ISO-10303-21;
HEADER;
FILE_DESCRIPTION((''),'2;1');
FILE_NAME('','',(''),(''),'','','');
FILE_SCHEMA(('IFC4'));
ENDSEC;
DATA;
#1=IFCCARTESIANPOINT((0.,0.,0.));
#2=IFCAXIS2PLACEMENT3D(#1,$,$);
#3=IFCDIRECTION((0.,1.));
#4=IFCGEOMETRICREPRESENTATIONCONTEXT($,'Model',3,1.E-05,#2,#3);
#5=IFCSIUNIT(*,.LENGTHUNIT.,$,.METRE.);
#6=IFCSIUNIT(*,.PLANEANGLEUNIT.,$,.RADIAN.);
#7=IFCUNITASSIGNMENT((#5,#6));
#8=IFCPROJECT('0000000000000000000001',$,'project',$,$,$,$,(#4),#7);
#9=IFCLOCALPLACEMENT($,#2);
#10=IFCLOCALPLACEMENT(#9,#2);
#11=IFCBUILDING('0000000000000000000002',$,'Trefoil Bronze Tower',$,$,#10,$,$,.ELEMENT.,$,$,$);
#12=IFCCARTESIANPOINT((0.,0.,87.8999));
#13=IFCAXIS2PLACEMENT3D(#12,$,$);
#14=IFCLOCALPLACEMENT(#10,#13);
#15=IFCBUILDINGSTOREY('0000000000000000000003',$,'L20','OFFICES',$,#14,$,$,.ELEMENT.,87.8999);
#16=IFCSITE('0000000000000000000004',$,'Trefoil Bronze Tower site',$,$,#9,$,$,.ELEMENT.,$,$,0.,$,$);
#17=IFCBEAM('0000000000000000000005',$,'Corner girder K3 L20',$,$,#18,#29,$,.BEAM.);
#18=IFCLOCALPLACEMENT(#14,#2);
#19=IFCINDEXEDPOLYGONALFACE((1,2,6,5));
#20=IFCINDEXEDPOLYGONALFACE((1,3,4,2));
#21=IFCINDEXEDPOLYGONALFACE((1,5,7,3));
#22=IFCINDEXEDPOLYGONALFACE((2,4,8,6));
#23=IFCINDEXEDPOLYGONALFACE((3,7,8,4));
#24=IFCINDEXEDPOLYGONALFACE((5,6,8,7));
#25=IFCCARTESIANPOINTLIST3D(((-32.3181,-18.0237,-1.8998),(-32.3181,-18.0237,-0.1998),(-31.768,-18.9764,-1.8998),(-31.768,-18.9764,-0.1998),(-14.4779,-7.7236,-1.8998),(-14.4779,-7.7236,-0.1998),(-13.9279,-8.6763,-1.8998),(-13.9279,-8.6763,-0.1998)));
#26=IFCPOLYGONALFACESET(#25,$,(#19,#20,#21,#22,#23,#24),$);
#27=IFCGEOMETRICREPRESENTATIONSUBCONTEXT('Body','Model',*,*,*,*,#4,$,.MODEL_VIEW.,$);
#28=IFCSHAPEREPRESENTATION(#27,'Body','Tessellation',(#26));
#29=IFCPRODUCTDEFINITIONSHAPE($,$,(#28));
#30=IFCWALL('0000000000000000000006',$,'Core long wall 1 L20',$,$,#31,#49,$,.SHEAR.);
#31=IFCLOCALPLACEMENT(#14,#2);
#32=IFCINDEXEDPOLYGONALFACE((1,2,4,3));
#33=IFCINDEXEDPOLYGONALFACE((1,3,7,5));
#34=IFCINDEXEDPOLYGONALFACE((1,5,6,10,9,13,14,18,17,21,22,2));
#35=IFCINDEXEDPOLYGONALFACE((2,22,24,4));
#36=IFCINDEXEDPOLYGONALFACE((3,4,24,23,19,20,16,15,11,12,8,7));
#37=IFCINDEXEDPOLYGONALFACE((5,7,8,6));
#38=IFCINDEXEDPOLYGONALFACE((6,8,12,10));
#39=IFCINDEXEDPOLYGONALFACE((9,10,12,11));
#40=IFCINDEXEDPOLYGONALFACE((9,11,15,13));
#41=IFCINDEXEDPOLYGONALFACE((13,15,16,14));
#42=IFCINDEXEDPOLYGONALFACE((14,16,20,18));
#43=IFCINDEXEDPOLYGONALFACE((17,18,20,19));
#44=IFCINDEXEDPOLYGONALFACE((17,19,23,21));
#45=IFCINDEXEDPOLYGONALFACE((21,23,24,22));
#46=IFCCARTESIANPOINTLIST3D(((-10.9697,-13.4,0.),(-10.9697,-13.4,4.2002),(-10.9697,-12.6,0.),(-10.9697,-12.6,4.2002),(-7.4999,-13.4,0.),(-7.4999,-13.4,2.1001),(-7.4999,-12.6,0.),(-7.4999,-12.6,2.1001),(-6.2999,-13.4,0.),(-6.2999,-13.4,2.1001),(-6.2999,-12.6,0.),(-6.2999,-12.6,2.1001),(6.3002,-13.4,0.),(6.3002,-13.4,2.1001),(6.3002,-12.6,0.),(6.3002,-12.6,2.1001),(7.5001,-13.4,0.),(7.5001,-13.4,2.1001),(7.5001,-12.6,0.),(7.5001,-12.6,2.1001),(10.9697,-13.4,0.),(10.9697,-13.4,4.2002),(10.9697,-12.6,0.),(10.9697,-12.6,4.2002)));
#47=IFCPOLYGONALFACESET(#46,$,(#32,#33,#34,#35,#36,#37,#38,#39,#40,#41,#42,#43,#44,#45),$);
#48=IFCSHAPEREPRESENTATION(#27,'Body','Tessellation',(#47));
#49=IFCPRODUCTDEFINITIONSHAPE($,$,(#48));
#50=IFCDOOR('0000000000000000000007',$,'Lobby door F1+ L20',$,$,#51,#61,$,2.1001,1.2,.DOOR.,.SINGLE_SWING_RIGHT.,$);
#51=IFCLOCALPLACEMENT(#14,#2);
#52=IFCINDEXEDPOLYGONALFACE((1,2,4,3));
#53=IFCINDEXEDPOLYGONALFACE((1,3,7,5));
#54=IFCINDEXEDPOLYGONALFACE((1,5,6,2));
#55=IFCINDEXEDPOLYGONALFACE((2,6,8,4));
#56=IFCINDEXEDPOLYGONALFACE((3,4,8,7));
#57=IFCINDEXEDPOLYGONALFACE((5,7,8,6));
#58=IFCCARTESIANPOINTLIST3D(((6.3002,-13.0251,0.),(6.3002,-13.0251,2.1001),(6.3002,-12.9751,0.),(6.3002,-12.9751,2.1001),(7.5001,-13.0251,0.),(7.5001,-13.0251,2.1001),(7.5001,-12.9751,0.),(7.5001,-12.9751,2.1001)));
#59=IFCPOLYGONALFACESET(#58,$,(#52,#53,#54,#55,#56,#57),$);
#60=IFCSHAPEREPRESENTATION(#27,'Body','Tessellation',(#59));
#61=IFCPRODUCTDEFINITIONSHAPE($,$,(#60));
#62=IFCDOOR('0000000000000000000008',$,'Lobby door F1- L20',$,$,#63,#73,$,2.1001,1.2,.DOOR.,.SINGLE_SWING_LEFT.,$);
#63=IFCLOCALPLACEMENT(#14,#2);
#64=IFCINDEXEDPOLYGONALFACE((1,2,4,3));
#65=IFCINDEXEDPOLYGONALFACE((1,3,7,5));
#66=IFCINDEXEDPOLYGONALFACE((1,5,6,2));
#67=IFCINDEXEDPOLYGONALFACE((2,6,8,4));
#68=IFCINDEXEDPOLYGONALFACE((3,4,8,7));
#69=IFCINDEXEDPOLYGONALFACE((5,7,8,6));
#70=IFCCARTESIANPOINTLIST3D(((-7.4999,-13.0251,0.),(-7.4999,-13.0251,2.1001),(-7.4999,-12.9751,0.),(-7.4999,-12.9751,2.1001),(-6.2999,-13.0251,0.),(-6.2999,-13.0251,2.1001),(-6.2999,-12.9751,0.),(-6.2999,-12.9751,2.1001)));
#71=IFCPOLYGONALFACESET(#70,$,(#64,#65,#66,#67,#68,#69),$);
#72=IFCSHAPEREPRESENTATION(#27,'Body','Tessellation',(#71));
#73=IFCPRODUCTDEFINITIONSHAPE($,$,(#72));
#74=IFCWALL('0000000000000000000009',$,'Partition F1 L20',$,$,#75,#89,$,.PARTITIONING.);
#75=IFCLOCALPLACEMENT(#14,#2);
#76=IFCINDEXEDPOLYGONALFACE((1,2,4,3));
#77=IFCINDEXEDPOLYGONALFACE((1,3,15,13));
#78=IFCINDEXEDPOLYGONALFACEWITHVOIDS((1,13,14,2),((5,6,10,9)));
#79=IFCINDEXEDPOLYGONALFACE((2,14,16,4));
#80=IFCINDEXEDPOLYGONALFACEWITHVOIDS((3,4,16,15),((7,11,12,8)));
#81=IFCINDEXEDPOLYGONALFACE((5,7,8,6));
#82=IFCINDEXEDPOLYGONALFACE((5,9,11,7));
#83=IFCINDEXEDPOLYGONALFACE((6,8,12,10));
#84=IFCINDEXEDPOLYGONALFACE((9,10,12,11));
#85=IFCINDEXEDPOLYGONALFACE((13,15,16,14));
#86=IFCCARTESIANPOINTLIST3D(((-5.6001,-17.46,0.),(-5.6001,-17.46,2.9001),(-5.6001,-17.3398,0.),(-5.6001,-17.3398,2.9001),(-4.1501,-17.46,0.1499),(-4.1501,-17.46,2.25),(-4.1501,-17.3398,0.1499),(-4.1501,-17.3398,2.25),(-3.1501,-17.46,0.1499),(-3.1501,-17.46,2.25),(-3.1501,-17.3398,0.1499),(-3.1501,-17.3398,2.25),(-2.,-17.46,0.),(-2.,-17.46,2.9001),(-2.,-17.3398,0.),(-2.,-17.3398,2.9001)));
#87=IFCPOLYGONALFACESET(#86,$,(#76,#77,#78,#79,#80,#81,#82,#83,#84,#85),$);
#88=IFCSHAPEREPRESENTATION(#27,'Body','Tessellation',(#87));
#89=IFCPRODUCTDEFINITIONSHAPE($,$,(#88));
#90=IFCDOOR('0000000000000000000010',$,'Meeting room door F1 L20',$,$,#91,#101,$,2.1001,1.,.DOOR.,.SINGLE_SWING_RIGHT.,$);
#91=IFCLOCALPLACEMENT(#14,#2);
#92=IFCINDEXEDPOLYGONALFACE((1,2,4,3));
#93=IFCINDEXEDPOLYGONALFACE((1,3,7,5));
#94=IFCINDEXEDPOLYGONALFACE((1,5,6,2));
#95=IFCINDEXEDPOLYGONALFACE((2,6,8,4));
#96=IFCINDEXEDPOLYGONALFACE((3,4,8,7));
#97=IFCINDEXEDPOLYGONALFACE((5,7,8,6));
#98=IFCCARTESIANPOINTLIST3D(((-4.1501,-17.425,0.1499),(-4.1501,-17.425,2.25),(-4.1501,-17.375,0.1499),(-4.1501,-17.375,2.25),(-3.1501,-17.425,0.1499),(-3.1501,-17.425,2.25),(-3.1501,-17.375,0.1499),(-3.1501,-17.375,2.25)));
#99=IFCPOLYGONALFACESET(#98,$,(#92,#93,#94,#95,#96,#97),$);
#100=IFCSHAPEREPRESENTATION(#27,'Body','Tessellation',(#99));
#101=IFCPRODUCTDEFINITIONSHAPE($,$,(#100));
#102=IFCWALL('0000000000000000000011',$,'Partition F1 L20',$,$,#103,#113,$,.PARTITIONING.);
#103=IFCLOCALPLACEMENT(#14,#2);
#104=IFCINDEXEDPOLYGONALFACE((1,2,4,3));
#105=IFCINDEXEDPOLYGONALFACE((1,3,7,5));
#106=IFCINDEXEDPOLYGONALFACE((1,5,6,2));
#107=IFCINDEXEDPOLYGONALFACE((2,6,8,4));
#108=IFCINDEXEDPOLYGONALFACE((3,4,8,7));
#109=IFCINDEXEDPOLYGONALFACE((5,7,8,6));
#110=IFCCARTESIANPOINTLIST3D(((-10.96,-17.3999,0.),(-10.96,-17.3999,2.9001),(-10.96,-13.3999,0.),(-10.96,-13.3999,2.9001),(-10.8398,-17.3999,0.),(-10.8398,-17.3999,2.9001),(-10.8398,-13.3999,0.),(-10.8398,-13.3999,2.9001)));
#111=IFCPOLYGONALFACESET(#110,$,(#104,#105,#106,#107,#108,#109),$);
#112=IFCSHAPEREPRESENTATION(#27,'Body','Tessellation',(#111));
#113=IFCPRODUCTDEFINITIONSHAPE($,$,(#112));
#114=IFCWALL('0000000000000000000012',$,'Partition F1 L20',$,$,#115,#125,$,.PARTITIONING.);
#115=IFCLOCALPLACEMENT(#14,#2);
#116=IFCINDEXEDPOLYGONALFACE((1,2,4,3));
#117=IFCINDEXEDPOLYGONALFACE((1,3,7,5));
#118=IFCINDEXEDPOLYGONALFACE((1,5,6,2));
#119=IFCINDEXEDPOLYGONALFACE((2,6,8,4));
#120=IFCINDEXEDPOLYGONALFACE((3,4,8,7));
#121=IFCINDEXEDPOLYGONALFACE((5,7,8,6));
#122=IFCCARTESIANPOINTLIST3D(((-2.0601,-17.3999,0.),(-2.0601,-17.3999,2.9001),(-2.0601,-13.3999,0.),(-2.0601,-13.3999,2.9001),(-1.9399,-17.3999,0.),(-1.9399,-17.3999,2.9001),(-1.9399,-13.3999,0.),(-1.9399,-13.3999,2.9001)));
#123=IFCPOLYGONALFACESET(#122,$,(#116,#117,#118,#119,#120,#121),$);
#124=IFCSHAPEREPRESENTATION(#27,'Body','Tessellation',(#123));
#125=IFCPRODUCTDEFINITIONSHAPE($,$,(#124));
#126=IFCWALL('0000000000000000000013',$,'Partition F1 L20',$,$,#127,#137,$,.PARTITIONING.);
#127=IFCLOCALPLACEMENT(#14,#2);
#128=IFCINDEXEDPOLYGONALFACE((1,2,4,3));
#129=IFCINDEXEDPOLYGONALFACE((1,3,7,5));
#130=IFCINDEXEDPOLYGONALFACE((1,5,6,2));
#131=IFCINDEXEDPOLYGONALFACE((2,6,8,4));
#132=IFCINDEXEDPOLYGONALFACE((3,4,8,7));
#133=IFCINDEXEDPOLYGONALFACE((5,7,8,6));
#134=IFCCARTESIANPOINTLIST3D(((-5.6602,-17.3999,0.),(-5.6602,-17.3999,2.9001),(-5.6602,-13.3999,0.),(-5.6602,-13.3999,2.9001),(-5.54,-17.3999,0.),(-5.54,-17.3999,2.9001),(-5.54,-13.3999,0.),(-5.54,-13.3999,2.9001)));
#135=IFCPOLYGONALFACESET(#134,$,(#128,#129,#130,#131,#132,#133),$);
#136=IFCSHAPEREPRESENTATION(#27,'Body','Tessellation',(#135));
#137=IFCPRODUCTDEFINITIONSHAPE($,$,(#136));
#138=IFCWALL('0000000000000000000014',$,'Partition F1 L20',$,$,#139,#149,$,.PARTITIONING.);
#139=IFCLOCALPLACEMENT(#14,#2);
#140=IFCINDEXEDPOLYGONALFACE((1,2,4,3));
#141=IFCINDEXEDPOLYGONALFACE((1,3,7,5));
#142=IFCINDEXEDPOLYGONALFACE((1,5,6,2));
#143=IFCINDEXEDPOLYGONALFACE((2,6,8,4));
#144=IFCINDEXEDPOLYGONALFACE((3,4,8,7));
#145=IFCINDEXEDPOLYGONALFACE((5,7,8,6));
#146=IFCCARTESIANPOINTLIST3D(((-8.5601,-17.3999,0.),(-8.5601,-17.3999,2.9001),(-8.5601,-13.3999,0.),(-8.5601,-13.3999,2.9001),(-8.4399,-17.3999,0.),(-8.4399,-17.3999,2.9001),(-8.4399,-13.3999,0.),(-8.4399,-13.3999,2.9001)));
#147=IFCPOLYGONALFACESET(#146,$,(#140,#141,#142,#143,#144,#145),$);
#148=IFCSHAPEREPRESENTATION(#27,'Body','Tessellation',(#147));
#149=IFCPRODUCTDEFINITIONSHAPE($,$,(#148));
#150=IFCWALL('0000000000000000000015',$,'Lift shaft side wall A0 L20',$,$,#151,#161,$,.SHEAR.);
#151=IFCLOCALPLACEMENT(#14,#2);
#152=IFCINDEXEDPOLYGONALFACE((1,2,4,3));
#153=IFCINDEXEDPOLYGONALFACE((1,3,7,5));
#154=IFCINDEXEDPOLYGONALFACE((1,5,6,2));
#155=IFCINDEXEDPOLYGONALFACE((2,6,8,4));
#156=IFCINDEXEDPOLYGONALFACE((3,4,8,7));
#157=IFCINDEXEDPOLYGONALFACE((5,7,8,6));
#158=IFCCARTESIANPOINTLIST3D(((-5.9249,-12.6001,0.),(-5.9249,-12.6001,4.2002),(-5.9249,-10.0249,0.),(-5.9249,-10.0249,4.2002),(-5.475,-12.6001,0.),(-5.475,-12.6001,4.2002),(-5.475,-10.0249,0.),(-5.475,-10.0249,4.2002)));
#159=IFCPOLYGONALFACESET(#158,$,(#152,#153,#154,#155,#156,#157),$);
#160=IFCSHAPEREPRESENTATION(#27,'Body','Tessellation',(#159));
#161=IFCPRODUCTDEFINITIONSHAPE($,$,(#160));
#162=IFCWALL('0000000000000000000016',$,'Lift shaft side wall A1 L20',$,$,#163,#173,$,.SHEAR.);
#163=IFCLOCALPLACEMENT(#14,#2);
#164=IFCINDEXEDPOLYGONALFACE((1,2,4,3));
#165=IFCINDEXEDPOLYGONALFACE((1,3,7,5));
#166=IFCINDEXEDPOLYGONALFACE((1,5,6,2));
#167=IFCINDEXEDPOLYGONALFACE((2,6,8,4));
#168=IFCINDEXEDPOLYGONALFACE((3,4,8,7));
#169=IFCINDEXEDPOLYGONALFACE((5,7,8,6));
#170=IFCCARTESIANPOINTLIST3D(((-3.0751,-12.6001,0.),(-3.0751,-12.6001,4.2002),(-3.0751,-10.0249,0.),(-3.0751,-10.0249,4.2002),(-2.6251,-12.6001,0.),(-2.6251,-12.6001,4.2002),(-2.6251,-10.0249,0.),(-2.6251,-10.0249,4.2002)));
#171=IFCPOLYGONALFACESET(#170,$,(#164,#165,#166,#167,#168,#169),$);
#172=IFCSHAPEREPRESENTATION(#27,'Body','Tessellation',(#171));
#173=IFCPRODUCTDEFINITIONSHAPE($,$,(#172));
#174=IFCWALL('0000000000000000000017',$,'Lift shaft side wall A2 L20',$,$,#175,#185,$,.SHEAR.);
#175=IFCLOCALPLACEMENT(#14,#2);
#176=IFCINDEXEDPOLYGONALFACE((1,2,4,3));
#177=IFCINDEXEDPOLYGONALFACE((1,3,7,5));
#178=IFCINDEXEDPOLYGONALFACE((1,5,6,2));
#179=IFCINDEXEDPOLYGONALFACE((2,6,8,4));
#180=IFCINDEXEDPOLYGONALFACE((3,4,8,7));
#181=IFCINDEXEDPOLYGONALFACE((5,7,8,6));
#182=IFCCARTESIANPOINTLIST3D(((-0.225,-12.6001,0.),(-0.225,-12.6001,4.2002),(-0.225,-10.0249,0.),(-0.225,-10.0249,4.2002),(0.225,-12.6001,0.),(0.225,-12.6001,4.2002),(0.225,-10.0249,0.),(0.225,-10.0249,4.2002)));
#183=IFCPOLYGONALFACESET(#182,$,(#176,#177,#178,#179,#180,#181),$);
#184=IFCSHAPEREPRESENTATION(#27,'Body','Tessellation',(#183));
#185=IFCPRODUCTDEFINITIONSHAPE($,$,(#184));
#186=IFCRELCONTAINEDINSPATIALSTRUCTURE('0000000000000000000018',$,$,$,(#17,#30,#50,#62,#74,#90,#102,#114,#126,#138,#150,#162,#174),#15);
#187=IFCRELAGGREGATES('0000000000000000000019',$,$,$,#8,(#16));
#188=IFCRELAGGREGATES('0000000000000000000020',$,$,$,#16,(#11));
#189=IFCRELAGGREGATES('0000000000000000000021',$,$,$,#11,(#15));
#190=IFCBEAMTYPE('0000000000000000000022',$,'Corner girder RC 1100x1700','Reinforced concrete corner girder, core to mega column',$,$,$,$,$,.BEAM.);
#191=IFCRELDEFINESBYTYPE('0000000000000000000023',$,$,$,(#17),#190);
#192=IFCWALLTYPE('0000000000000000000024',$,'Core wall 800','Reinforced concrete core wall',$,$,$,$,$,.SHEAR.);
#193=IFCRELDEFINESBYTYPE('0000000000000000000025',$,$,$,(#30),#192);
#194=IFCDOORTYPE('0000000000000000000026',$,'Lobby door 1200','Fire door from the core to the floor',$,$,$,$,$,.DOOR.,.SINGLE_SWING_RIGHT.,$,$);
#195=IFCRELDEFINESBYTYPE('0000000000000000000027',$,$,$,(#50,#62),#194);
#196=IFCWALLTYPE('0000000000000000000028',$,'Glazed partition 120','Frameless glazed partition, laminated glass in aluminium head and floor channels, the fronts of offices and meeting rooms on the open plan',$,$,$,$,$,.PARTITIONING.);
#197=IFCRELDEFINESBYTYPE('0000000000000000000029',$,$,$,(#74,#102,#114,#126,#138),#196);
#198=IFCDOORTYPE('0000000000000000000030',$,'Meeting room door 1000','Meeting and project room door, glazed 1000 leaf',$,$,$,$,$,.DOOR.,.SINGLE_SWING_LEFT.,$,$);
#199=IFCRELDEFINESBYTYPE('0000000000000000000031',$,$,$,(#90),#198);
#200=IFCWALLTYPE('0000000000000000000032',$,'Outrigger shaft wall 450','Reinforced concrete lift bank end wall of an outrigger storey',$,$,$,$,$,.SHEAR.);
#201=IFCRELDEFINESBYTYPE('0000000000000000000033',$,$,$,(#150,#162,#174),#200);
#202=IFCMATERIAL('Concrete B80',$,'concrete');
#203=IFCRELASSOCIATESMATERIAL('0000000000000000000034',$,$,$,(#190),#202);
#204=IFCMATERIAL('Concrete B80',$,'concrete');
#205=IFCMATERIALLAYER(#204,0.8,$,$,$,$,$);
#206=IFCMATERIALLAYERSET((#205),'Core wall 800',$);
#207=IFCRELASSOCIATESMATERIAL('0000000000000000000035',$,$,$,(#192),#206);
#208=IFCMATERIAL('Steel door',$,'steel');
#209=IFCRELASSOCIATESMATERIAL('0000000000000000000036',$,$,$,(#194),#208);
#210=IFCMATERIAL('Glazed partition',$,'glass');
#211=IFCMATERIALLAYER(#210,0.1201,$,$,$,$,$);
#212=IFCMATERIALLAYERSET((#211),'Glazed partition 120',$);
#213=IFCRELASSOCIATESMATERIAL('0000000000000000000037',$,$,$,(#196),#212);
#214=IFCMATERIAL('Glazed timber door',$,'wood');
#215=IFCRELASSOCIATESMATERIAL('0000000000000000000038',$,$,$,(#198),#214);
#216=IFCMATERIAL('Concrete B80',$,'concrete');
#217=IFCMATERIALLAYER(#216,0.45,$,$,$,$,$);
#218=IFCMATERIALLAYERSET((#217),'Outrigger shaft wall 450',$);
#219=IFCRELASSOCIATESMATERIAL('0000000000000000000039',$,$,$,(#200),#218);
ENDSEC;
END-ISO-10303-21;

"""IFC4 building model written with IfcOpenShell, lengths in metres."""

from ifc_helpers import new_model, si_unit, direction, frame, frame_2d, origin, origin_2d, place, context, subcontext, project, spatial, rectangle, extrude, material, layer, layer_set, material_profile, profile_set, type_object, element, fill, save


model = new_model("IFC4")

# Units and contexts
model_context = context("Model", 3, precision=1e-05, world=origin(), true_north=direction((0.0, 1.0)))
body_context = subcontext(model_context, "Body", "Model", "MODEL_VIEW")
ifc_project = project(units=[si_unit("LENGTHUNIT", "METRE"), si_unit("PLANEANGLEUNIT", "RADIAN")], contexts=[model_context])

# Site, building, storey
site_placement = place(None, origin())
site = spatial("IfcSite", under=ifc_project, at=site_placement, Name="Trefoil Bronze Tower site", CompositionType="ELEMENT", RefElevation=0.0)
building_placement = place(site_placement, origin())
building = spatial("IfcBuilding", under=site, at=building_placement, Name="Trefoil Bronze Tower", CompositionType="ELEMENT")
storey_placement = place(building_placement, frame((0.0, 0.0, 87.8999)))
storey = spatial("IfcBuildingStorey", under=building, at=storey_placement, Name="L20", Description="OFFICES", CompositionType="ELEMENT", Elevation=87.8999)

# Beam
ifc_material_1 = material(Name="Concrete B80", Category="concrete")
ifc_material_profile_1 = material_profile(ifc_material_1, rectangle(XDim=1.1001, YDim=1.7, at=origin_2d()), Name="RC 1100x1700")
ifc_profile_set_1 = profile_set([ifc_material_profile_1], Name="Concrete B80")
beam_type_1 = type_object("IfcBeamType", Name="Corner girder RC 1100x1700", Description="Reinforced concrete corner girder, core to mega column", PredefinedType="BEAM", material=ifc_profile_set_1)
beam_1_placement = place(storey_placement, frame((-14.2029, -8.2, -1.0498), z_axis=(-0.866024, -0.500003, 0.0), x_axis=(0.500003, -0.866024, 0.0)))
element("IfcBeam", 1, at=beam_1_placement, inside=storey, type_object=beam_type_1, Name="Corner girder K3 L20", PredefinedType="BEAM", context=body_context, shape_type="SweptSolid", body=[
    extrude(rectangle(XDim=1.1001, YDim=1.7, at=origin_2d()), origin(), (0.0, 0.0, 1.0), 20.6001),
])

# Wall, openings, doors
ifc_material_2 = material(Name="Concrete B80", Category="concrete")
ifc_layer_1 = layer(ifc_material_2, 0.8)
ifc_layer_set_1 = layer_set([ifc_layer_1], Name="Core wall 800")
wall_type_1 = type_object("IfcWallType", Name="Core wall 800", Description="Reinforced concrete core wall", PredefinedType="SHEAR", material=ifc_layer_set_1)
wall_1_placement = place(storey_placement, frame((-10.9697, -13.0, 0.0), z_axis=(0.0, 0.0, 1.0), x_axis=(1.0, 0.0, 0.0)))
wall_1 = element("IfcWall", 2, at=wall_1_placement, inside=storey, type_object=wall_type_1, Name="Core long wall 1 L20", PredefinedType="SHEAR", context=body_context, shape_type="SweptSolid", body=[
    extrude(rectangle(XDim=21.9395, YDim=0.8, at=frame_2d((10.9697, 0.0))), origin(), (0.0, 0.0, 1.0), 4.2002),
])
opening_1_placement = place(wall_1_placement, frame((17.2698, 0.0, 0.0)))
opening_1 = element("IfcOpeningElement", 3, at=opening_1_placement, cuts=wall_1, PredefinedType="OPENING", context=body_context, shape_type="SweptSolid", body=[
    extrude(rectangle(XDim=1.2, YDim=2.1001, at=frame_2d((0.6001, 1.05))), frame((0.0, 0.4099, 0.0), z_axis=(0.0, -1.0, 0.0), x_axis=(1.0, 0.0, 0.0)), (0.0, 0.0, 1.0), 0.8201),
])
opening_2_placement = place(wall_1_placement, frame((3.4697, 0.0, 0.0)))
opening_2 = element("IfcOpeningElement", 4, at=opening_2_placement, cuts=wall_1, PredefinedType="OPENING", context=body_context, shape_type="SweptSolid", body=[
    extrude(rectangle(XDim=1.2, YDim=2.1001, at=frame_2d((0.6001, 1.05))), frame((0.0, 0.4099, 0.0), z_axis=(0.0, -1.0, 0.0), x_axis=(1.0, 0.0, 0.0)), (0.0, 0.0, 1.0), 0.8201),
])
ifc_material_3 = material(Name="Steel door", Category="steel")
door_type_1 = type_object("IfcDoorType", Name="Lobby door 1200", Description="Fire door from the core to the floor", OperationType="SINGLE_SWING_RIGHT", PredefinedType="DOOR", material=ifc_material_3)
door_1_placement = place(opening_1_placement, origin())
door_1 = element("IfcDoor", 5, at=door_1_placement, inside=storey, type_object=door_type_1, Name="Lobby door F1+ L20", OperationType="SINGLE_SWING_RIGHT", OverallHeight=2.1001, OverallWidth=1.2, PredefinedType="DOOR", context=body_context, shape_type="SweptSolid", body=[
    extrude(rectangle(XDim=1.2, YDim=2.1001, at=frame_2d((0.6001, 1.05))), frame((0.0, 0.0249, 0.0), z_axis=(0.0, -1.0, 0.0), x_axis=(1.0, 0.0, 0.0)), (0.0, 0.0, 1.0), 0.05),
])
fill(opening_1, door_1)
door_2_placement = place(opening_2_placement, origin())
door_2 = element("IfcDoor", 6, at=door_2_placement, inside=storey, type_object=door_type_1, Name="Lobby door F1- L20", OperationType="SINGLE_SWING_LEFT", OverallHeight=2.1001, OverallWidth=1.2, PredefinedType="DOOR", context=body_context, shape_type="SweptSolid", body=[
    extrude(rectangle(XDim=1.2, YDim=2.1001, at=frame_2d((0.6001, 1.05))), frame((0.0, 0.0249, 0.0), z_axis=(0.0, -1.0, 0.0), x_axis=(1.0, 0.0, 0.0)), (0.0, 0.0, 1.0), 0.05),
])
fill(opening_2, door_2)

# Wall, opening, door
ifc_material_4 = material(Name="Glazed partition", Category="glass")
ifc_layer_2 = layer(ifc_material_4, 0.1201)
ifc_layer_set_2 = layer_set([ifc_layer_2], Name="Glazed partition 120")
wall_type_2 = type_object("IfcWallType", Name="Glazed partition 120", Description="Frameless glazed partition, laminated glass in aluminium head and floor channels, the fronts of offices and meeting rooms on the open plan", PredefinedType="PARTITIONING", material=ifc_layer_set_2)
wall_2_placement = place(storey_placement, frame((-5.6001, -17.3999, 0.0), z_axis=(0.0, 0.0, 1.0), x_axis=(1.0, 0.0, 0.0)))
wall_2 = element("IfcWall", 7, at=wall_2_placement, inside=storey, type_object=wall_type_2, Name="Partition F1 L20", PredefinedType="PARTITIONING", context=body_context, shape_type="SweptSolid", body=[
    extrude(rectangle(XDim=3.6001, YDim=0.1201, at=frame_2d((1.8, 0.0))), origin(), (0.0, 0.0, 1.0), 2.9001),
])
opening_3_placement = place(wall_2_placement, frame((1.45, 0.0, 0.1499)))
opening_3 = element("IfcOpeningElement", 8, at=opening_3_placement, cuts=wall_2, PredefinedType="OPENING", context=body_context, shape_type="SweptSolid", body=[
    extrude(rectangle(XDim=1.0, YDim=2.1001, at=frame_2d((0.5, 1.05))), frame((0.0, 0.0701, 0.0), z_axis=(0.0, -1.0, 0.0), x_axis=(1.0, 0.0, 0.0)), (0.0, 0.0, 1.0), 0.1401),
])
ifc_material_5 = material(Name="Glazed timber door", Category="wood")
door_type_2 = type_object("IfcDoorType", Name="Meeting room door 1000", Description="Meeting and project room door, glazed 1000 leaf", OperationType="SINGLE_SWING_LEFT", PredefinedType="DOOR", material=ifc_material_5)
door_3_placement = place(opening_3_placement, origin())
door_3 = element("IfcDoor", 9, at=door_3_placement, inside=storey, type_object=door_type_2, Name="Meeting room door F1 L20", OperationType="SINGLE_SWING_RIGHT", OverallHeight=2.1001, OverallWidth=1.0, PredefinedType="DOOR", context=body_context, shape_type="SweptSolid", body=[
    extrude(rectangle(XDim=1.0, YDim=2.1001, at=frame_2d((0.5, 1.05))), frame((0.0, 0.0249, 0.0), z_axis=(0.0, -1.0, 0.0), x_axis=(1.0, 0.0, 0.0)), (0.0, 0.0, 1.0), 0.05),
])
fill(opening_3, door_3)

# Walls
for number, where, z_axis, x_axis, name in (
    (10, (-10.8999, -13.3999, 0.0), (0.0, 0.0, 1.0), (0.0, -1.0, 0.0), "Partition F1 L20"),
    (11, (-2.0, -13.3999, 0.0), (0.0, 0.0, 1.0), (0.0, -1.0, 0.0), "Partition F1 L20"),
    (12, (-5.6001, -13.3999, 0.0), (0.0, 0.0, 1.0), (0.0, -1.0, 0.0), "Partition F1 L20"),
    (13, (-8.5, -13.3999, 0.0), (0.0, 0.0, 1.0), (0.0, -1.0, 0.0), "Partition F1 L20"),
):
    element("IfcWall", number, at=place(storey_placement, frame(where, z_axis=z_axis, x_axis=x_axis)), inside=storey, type_object=wall_type_2, Name=name, PredefinedType="PARTITIONING", context=body_context, shape_type="SweptSolid", body=[
        extrude(rectangle(XDim=4.0, YDim=0.1201, at=frame_2d((2.0, 0.0))), origin(), (0.0, 0.0, 1.0), 2.9001),
    ])
ifc_material_6 = material(Name="Concrete B80", Category="concrete")
ifc_layer_3 = layer(ifc_material_6, 0.45)
ifc_layer_set_3 = layer_set([ifc_layer_3], Name="Outrigger shaft wall 450")
wall_type_3 = type_object("IfcWallType", Name="Outrigger shaft wall 450", Description="Reinforced concrete lift bank end wall of an outrigger storey", PredefinedType="SHEAR", material=ifc_layer_set_3)
for number, where, z_axis, x_axis, name in (
    (14, (-5.7, -10.0249, 0.0), (0.0, 0.0, 1.0), (0.0, -1.0, 0.0), "Lift shaft side wall A0 L20"),
    (15, (-2.8501, -10.0249, 0.0), (0.0, 0.0, 1.0), (0.0, -1.0, 0.0), "Lift shaft side wall A1 L20"),
    (16, (0.0, -10.0249, 0.0), (0.0, 0.0, 1.0), (0.0, -1.0, 0.0), "Lift shaft side wall A2 L20"),
):
    element("IfcWall", number, at=place(storey_placement, frame(where, z_axis=z_axis, x_axis=x_axis)), inside=storey, type_object=wall_type_3, Name=name, PredefinedType="SHEAR", context=body_context, shape_type="SweptSolid", body=[
        extrude(rectangle(XDim=2.5752, YDim=0.45, at=frame_2d((1.2876, 0.0))), origin(), (0.0, 0.0, 1.0), 4.2002),
    ])

save(model, "model.ifc")
